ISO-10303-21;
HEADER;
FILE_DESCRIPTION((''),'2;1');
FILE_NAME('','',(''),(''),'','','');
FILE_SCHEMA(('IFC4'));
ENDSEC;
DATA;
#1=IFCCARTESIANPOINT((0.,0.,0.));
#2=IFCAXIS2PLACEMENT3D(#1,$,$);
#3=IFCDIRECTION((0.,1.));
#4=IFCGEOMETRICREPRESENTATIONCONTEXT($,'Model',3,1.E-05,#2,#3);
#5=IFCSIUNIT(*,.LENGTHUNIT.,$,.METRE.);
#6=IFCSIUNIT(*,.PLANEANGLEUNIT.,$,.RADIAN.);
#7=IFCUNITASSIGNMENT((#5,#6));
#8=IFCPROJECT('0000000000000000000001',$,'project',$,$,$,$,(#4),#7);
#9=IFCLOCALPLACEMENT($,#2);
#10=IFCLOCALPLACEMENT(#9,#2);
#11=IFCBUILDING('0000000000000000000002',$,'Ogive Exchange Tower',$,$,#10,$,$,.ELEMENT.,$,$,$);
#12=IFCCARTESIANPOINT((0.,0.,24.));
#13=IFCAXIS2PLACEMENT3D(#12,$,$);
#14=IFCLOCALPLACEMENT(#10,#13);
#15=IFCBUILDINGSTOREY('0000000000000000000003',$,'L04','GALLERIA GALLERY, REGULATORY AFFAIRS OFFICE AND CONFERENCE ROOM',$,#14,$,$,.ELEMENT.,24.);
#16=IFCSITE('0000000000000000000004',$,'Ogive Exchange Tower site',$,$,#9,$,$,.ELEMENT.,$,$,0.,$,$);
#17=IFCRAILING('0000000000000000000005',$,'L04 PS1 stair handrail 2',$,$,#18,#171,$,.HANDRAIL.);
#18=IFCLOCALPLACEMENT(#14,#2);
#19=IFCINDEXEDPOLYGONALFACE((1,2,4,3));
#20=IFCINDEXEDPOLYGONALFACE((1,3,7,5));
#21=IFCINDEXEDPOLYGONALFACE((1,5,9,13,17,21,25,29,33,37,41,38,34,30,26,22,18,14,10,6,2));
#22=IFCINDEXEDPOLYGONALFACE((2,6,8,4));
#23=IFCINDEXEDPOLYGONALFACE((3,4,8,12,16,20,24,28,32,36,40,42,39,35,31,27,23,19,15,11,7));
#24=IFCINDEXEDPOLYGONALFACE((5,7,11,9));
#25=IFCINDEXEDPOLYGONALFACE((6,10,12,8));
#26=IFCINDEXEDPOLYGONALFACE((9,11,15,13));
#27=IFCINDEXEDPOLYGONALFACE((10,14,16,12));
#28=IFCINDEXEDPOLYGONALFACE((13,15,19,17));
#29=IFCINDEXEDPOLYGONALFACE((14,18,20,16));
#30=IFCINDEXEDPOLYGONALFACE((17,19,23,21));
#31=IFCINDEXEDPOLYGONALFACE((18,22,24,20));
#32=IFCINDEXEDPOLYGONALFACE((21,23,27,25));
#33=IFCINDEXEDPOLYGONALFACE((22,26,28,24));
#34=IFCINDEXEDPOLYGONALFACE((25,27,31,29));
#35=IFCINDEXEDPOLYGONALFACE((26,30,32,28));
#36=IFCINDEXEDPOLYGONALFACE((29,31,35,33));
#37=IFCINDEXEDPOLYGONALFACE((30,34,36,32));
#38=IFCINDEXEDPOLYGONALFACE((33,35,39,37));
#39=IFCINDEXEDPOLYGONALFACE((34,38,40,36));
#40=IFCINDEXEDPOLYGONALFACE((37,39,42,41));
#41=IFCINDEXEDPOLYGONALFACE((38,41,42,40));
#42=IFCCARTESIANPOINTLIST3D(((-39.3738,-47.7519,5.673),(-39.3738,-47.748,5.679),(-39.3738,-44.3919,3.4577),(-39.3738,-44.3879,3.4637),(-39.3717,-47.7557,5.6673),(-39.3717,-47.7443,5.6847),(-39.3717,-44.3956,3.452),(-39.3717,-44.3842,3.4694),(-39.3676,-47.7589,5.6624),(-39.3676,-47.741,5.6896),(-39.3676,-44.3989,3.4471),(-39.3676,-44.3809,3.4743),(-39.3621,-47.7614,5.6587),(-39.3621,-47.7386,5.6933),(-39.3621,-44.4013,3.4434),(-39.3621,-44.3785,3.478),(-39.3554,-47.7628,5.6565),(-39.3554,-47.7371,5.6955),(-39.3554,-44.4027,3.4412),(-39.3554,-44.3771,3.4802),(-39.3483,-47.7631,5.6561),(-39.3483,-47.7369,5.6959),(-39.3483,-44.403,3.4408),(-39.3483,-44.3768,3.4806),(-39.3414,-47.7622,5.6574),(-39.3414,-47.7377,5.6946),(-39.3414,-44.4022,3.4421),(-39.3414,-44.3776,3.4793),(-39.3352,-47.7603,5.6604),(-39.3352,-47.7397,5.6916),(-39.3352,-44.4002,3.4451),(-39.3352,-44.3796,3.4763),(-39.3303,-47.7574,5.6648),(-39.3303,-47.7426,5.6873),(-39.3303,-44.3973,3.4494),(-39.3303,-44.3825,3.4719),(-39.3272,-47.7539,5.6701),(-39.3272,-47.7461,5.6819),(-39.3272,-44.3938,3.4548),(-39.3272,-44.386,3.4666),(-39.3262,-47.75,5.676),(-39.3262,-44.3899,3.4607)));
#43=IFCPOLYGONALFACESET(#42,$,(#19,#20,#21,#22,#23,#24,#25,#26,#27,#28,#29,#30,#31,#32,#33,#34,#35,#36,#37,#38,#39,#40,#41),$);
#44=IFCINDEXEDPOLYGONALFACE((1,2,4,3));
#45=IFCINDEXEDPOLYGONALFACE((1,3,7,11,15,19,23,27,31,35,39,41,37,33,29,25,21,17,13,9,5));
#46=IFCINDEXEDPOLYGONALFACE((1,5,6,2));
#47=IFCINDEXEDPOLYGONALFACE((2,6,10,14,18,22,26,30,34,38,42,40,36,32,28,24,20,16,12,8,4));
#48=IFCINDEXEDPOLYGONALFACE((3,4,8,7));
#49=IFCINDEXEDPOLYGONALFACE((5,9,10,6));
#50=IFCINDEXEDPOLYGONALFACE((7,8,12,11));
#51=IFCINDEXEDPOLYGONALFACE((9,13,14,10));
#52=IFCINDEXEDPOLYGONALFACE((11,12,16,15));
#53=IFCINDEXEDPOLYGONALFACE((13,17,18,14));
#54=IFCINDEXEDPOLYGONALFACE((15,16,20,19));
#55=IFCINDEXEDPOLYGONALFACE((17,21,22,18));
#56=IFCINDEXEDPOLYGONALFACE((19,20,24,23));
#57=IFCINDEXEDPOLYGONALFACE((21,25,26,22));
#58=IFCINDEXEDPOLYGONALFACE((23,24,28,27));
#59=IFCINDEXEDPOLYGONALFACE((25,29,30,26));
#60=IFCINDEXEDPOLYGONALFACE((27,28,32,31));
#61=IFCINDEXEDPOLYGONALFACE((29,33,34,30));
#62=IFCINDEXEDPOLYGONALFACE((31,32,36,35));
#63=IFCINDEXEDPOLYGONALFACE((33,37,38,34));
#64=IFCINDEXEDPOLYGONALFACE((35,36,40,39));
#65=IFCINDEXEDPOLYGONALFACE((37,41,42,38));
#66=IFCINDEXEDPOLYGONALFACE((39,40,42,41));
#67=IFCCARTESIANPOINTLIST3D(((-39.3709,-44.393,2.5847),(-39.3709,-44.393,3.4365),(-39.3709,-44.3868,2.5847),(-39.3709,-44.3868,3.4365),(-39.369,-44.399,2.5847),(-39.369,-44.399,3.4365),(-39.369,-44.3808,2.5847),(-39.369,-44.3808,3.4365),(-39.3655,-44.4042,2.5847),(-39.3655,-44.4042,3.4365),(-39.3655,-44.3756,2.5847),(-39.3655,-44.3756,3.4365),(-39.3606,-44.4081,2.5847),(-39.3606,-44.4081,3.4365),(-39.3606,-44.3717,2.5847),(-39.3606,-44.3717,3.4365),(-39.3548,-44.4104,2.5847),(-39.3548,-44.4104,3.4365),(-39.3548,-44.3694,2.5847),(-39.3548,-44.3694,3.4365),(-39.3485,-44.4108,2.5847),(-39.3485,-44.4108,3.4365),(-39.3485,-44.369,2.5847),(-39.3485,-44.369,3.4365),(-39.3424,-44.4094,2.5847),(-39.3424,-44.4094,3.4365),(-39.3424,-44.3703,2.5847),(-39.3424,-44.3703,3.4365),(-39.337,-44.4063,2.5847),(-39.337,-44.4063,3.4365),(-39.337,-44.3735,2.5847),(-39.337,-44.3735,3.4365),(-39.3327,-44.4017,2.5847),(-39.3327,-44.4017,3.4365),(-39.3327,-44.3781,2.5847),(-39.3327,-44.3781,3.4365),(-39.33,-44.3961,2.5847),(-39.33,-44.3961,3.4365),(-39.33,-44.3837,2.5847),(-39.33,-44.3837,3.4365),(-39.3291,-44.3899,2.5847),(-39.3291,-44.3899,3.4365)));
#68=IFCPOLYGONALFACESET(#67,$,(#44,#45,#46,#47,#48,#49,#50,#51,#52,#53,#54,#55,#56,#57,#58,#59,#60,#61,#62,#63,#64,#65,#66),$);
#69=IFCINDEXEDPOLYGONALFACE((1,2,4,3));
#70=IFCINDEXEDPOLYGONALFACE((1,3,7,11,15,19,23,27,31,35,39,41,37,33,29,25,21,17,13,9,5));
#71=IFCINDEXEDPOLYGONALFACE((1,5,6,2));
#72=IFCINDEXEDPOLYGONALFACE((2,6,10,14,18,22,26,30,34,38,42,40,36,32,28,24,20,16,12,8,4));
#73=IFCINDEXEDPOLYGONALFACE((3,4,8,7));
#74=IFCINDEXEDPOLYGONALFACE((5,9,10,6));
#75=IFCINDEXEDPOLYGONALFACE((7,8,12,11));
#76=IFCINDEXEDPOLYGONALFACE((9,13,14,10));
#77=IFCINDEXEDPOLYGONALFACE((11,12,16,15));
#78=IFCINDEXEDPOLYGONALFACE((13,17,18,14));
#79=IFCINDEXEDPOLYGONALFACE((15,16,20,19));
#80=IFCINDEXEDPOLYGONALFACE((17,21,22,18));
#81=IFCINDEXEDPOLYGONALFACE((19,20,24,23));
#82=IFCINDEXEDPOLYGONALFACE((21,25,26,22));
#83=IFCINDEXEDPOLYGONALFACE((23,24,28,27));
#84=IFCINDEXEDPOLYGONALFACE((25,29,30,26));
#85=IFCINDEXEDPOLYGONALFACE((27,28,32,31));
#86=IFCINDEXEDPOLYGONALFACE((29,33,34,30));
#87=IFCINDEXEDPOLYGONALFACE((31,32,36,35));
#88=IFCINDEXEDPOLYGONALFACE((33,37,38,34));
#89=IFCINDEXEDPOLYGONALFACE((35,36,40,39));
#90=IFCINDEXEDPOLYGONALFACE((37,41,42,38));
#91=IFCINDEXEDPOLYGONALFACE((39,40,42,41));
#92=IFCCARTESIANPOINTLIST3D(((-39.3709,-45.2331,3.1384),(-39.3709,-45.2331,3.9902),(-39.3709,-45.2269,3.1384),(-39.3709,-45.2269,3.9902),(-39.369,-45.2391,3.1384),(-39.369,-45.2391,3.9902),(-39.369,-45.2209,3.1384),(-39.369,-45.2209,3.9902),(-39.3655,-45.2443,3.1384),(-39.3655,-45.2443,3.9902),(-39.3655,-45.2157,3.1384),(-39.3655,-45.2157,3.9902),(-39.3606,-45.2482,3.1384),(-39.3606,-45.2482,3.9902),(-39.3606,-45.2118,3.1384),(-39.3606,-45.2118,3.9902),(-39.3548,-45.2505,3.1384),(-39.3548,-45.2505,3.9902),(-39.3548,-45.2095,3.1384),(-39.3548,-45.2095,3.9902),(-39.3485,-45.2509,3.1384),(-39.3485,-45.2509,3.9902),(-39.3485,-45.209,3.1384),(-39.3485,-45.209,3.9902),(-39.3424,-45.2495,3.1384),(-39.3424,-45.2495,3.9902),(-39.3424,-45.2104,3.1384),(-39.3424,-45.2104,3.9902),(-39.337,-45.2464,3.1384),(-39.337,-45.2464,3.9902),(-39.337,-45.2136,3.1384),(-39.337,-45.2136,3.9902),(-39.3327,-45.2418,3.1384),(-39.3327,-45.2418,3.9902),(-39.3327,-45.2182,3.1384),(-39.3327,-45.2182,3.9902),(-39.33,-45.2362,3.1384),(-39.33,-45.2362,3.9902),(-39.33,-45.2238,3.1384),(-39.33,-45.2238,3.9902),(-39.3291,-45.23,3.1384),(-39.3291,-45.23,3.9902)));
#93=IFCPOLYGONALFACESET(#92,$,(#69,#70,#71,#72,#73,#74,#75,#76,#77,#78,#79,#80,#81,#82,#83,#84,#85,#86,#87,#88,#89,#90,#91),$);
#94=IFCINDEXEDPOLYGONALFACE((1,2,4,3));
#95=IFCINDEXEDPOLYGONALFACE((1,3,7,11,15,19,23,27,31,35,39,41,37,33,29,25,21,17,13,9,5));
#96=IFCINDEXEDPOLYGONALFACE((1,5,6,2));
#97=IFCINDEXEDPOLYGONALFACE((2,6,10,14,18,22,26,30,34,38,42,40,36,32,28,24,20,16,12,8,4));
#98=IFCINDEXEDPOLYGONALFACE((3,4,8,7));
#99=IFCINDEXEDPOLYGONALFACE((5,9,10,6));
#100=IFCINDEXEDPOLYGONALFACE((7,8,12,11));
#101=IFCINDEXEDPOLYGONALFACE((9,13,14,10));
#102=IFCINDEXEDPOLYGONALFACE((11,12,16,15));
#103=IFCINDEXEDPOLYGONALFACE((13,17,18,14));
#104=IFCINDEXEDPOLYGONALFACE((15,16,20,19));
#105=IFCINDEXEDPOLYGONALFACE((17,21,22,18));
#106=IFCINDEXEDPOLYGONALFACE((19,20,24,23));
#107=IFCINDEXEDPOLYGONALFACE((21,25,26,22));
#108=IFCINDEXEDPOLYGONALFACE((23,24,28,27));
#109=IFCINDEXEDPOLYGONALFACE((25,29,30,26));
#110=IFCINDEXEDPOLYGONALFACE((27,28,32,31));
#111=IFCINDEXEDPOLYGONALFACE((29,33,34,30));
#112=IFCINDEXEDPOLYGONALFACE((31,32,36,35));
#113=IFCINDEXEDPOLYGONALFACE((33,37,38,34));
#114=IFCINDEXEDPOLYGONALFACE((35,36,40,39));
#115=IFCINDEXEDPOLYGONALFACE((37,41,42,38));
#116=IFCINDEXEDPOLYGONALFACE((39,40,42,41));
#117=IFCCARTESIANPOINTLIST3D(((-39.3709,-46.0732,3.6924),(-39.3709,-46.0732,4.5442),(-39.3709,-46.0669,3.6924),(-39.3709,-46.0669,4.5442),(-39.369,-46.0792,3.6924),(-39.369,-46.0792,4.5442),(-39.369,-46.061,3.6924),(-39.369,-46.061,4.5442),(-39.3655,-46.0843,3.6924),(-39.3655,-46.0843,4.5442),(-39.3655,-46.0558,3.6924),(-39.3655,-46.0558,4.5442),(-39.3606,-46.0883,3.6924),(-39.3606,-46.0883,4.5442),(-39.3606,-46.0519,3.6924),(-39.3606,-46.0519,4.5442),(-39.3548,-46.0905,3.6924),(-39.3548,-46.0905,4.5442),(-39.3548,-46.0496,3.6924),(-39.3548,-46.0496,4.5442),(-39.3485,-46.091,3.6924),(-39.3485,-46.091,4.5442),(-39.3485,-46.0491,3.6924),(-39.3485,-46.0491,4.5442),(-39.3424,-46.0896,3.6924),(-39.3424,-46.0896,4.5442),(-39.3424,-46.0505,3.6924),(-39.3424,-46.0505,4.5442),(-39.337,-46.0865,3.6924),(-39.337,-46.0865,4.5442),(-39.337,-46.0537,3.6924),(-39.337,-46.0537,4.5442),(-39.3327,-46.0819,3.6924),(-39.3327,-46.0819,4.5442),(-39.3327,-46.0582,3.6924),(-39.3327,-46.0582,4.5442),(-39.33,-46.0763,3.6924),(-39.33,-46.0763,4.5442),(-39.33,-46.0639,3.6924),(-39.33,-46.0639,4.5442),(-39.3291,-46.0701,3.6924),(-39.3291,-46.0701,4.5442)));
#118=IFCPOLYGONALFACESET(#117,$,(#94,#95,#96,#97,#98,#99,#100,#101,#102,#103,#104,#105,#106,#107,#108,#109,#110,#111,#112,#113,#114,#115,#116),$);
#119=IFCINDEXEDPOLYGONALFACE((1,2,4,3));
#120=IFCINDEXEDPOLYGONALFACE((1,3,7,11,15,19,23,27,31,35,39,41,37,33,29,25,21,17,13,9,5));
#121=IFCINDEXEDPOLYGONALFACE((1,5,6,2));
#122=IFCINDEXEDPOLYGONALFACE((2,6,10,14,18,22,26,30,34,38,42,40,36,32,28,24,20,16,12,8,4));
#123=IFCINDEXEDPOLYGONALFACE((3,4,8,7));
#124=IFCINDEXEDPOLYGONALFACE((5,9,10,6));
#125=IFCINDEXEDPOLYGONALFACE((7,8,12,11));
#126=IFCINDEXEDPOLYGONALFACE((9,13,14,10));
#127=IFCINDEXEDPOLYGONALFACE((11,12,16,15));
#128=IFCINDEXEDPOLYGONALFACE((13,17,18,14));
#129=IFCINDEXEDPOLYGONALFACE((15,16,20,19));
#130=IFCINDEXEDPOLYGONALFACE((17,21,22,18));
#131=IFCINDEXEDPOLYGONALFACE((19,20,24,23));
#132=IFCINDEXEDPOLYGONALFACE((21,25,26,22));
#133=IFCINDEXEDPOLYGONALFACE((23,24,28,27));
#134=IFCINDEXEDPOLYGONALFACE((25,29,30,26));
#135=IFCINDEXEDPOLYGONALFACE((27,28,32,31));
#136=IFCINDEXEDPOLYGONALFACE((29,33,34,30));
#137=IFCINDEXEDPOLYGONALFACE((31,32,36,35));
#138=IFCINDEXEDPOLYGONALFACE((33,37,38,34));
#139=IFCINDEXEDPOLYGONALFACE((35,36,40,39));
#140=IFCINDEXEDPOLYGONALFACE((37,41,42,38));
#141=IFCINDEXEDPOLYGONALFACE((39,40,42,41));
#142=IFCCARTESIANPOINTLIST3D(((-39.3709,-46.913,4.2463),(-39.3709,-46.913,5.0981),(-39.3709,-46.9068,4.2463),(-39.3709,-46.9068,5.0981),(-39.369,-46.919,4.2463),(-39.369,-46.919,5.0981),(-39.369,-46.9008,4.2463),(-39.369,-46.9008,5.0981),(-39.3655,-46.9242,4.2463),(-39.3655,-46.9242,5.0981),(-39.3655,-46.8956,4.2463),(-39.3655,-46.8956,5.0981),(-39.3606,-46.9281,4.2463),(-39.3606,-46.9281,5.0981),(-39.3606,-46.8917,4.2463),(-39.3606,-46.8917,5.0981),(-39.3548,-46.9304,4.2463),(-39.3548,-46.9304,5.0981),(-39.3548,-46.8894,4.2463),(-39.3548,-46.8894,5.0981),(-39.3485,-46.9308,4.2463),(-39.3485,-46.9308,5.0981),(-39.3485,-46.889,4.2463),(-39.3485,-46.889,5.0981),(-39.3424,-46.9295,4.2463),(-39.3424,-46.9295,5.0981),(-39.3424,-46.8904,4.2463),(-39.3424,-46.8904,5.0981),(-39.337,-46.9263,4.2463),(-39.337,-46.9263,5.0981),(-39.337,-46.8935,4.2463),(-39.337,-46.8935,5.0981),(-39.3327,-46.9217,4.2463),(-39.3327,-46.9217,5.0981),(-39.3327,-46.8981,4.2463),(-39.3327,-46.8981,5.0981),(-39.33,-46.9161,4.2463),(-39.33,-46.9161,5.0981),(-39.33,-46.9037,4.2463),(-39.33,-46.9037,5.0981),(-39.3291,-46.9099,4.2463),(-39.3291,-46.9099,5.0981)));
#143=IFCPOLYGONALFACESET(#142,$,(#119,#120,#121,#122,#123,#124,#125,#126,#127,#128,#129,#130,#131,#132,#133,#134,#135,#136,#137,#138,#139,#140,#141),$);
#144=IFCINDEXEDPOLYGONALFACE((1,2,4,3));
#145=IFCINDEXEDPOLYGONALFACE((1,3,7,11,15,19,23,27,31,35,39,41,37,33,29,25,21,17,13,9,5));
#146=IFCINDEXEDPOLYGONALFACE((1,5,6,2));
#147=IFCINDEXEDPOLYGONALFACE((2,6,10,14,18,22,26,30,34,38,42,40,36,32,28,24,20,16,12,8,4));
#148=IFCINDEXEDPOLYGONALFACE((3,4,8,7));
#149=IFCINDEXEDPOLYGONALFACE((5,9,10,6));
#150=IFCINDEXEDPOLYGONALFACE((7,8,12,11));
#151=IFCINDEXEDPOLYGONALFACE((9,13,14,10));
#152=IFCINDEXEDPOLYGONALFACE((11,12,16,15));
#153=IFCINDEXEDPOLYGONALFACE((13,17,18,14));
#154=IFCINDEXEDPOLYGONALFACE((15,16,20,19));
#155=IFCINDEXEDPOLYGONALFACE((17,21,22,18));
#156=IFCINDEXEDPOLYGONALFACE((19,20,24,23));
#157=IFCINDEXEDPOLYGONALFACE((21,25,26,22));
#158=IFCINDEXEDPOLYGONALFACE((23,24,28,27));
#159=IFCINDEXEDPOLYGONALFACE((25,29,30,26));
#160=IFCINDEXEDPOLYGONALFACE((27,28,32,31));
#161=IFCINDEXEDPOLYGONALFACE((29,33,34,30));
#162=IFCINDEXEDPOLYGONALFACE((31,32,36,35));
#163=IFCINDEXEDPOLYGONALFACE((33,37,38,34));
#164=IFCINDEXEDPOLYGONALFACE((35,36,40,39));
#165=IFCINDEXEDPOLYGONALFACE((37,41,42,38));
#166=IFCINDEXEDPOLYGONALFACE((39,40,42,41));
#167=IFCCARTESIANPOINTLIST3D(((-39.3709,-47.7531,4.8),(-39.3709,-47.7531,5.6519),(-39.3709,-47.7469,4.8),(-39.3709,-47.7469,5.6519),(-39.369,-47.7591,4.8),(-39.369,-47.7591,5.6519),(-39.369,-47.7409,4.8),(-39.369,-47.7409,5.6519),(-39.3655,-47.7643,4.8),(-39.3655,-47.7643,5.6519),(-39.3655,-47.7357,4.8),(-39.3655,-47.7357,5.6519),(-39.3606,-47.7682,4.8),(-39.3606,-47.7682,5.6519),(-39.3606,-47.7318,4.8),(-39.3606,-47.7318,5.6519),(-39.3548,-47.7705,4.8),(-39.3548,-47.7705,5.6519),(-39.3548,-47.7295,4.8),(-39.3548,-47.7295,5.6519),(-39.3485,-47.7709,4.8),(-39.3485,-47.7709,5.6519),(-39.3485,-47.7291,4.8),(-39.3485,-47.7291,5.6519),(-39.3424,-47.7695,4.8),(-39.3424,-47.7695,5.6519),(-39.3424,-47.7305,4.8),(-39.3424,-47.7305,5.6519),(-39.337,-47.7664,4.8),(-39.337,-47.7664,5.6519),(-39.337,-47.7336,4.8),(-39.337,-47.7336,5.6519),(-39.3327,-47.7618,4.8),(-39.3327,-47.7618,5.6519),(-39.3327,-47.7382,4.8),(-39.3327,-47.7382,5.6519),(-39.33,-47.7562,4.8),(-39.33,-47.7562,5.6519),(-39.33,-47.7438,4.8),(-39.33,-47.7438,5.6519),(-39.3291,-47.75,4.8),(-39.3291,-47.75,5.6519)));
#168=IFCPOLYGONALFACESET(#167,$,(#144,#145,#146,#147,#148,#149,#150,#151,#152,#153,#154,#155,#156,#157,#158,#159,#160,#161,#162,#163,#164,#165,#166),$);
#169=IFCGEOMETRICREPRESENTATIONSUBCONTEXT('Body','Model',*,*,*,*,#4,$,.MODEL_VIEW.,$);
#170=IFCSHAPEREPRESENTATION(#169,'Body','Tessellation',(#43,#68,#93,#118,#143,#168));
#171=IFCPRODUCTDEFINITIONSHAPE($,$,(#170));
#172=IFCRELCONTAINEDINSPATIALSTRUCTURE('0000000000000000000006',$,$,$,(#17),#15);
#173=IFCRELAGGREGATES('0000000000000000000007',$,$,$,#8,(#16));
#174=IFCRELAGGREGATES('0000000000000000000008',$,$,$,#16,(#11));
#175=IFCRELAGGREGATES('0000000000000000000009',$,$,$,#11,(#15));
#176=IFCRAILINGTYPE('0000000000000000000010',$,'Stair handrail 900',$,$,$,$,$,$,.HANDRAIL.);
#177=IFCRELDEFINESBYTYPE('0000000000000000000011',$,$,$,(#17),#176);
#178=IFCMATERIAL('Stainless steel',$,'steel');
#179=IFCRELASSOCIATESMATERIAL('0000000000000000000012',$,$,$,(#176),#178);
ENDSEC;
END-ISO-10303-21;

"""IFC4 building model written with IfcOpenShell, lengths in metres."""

from ifc_helpers import new_model, si_unit, direction, frame, origin, origin_2d, place, context, subcontext, project, spatial, circle, extrude, material, type_object, element, save


model = new_model("IFC4")

# Units and contexts
model_context = context("Model", 3, precision=1e-05, world=origin(), true_north=direction((0.0, 1.0)))
body_context = subcontext(model_context, "Body", "Model", "MODEL_VIEW")
ifc_project = project(units=[si_unit("LENGTHUNIT", "METRE"), si_unit("PLANEANGLEUNIT", "RADIAN")], contexts=[model_context])

# Site, building, storey
site_placement = place(None, origin())
site = spatial("IfcSite", under=ifc_project, at=site_placement, Name="Ogive Exchange Tower site", CompositionType="ELEMENT", RefElevation=0.0)
building_placement = place(site_placement, origin())
building = spatial("IfcBuilding", under=site, at=building_placement, Name="Ogive Exchange Tower", CompositionType="ELEMENT")
storey_placement = place(building_placement, frame((0.0, 0.0, 24.0)))
storey = spatial("IfcBuildingStorey", under=building, at=storey_placement, Name="L04", Description="GALLERIA GALLERY, REGULATORY AFFAIRS OFFICE AND CONFERENCE ROOM", CompositionType="ELEMENT", Elevation=24.0)

# Railing
ifc_material_1 = material(Name="Stainless steel", Category="steel")
railing_type = type_object("IfcRailingType", Name="Stair handrail 900", PredefinedType="HANDRAIL", material=ifc_material_1)
railing_placement = place(storey_placement, frame((-39.3501, -44.3899, 2.5847)))
element("IfcRailing", 1, at=railing_placement, inside=storey, type_object=railing_type, Name="L04 PS1 stair handrail 2", PredefinedType="HANDRAIL", context=body_context, shape_type="SweptSolid", body=[
    extrude(circle(Radius=0.0239, at=origin_2d()), frame((0.0, 0.0, 0.876), z_axis=(0.0, -0.834876, 0.550437), x_axis=(1.0, 0.0, 0.0)), (0.0, 0.0, 1.0), 4.0247),
    extrude(circle(Radius=0.021, at=origin_2d()), origin(), (0.0, 0.0, 1.0), 0.8518),
    extrude(circle(Radius=0.021, at=origin_2d()), frame((0.0, -0.8401, 0.5537)), (0.0, 0.0, 1.0), 0.8518),
    extrude(circle(Radius=0.021, at=origin_2d()), frame((0.0, -1.6802, 1.1077)), (0.0, 0.0, 1.0), 0.8518),
    extrude(circle(Radius=0.021, at=origin_2d()), frame((0.0, -2.52, 1.6616)), (0.0, 0.0, 1.0), 0.8518),
    extrude(circle(Radius=0.021, at=origin_2d()), frame((0.0, -3.3601, 2.2153)), (0.0, 0.0, 1.0), 0.8518),
])

save(model, "model.ifc")
